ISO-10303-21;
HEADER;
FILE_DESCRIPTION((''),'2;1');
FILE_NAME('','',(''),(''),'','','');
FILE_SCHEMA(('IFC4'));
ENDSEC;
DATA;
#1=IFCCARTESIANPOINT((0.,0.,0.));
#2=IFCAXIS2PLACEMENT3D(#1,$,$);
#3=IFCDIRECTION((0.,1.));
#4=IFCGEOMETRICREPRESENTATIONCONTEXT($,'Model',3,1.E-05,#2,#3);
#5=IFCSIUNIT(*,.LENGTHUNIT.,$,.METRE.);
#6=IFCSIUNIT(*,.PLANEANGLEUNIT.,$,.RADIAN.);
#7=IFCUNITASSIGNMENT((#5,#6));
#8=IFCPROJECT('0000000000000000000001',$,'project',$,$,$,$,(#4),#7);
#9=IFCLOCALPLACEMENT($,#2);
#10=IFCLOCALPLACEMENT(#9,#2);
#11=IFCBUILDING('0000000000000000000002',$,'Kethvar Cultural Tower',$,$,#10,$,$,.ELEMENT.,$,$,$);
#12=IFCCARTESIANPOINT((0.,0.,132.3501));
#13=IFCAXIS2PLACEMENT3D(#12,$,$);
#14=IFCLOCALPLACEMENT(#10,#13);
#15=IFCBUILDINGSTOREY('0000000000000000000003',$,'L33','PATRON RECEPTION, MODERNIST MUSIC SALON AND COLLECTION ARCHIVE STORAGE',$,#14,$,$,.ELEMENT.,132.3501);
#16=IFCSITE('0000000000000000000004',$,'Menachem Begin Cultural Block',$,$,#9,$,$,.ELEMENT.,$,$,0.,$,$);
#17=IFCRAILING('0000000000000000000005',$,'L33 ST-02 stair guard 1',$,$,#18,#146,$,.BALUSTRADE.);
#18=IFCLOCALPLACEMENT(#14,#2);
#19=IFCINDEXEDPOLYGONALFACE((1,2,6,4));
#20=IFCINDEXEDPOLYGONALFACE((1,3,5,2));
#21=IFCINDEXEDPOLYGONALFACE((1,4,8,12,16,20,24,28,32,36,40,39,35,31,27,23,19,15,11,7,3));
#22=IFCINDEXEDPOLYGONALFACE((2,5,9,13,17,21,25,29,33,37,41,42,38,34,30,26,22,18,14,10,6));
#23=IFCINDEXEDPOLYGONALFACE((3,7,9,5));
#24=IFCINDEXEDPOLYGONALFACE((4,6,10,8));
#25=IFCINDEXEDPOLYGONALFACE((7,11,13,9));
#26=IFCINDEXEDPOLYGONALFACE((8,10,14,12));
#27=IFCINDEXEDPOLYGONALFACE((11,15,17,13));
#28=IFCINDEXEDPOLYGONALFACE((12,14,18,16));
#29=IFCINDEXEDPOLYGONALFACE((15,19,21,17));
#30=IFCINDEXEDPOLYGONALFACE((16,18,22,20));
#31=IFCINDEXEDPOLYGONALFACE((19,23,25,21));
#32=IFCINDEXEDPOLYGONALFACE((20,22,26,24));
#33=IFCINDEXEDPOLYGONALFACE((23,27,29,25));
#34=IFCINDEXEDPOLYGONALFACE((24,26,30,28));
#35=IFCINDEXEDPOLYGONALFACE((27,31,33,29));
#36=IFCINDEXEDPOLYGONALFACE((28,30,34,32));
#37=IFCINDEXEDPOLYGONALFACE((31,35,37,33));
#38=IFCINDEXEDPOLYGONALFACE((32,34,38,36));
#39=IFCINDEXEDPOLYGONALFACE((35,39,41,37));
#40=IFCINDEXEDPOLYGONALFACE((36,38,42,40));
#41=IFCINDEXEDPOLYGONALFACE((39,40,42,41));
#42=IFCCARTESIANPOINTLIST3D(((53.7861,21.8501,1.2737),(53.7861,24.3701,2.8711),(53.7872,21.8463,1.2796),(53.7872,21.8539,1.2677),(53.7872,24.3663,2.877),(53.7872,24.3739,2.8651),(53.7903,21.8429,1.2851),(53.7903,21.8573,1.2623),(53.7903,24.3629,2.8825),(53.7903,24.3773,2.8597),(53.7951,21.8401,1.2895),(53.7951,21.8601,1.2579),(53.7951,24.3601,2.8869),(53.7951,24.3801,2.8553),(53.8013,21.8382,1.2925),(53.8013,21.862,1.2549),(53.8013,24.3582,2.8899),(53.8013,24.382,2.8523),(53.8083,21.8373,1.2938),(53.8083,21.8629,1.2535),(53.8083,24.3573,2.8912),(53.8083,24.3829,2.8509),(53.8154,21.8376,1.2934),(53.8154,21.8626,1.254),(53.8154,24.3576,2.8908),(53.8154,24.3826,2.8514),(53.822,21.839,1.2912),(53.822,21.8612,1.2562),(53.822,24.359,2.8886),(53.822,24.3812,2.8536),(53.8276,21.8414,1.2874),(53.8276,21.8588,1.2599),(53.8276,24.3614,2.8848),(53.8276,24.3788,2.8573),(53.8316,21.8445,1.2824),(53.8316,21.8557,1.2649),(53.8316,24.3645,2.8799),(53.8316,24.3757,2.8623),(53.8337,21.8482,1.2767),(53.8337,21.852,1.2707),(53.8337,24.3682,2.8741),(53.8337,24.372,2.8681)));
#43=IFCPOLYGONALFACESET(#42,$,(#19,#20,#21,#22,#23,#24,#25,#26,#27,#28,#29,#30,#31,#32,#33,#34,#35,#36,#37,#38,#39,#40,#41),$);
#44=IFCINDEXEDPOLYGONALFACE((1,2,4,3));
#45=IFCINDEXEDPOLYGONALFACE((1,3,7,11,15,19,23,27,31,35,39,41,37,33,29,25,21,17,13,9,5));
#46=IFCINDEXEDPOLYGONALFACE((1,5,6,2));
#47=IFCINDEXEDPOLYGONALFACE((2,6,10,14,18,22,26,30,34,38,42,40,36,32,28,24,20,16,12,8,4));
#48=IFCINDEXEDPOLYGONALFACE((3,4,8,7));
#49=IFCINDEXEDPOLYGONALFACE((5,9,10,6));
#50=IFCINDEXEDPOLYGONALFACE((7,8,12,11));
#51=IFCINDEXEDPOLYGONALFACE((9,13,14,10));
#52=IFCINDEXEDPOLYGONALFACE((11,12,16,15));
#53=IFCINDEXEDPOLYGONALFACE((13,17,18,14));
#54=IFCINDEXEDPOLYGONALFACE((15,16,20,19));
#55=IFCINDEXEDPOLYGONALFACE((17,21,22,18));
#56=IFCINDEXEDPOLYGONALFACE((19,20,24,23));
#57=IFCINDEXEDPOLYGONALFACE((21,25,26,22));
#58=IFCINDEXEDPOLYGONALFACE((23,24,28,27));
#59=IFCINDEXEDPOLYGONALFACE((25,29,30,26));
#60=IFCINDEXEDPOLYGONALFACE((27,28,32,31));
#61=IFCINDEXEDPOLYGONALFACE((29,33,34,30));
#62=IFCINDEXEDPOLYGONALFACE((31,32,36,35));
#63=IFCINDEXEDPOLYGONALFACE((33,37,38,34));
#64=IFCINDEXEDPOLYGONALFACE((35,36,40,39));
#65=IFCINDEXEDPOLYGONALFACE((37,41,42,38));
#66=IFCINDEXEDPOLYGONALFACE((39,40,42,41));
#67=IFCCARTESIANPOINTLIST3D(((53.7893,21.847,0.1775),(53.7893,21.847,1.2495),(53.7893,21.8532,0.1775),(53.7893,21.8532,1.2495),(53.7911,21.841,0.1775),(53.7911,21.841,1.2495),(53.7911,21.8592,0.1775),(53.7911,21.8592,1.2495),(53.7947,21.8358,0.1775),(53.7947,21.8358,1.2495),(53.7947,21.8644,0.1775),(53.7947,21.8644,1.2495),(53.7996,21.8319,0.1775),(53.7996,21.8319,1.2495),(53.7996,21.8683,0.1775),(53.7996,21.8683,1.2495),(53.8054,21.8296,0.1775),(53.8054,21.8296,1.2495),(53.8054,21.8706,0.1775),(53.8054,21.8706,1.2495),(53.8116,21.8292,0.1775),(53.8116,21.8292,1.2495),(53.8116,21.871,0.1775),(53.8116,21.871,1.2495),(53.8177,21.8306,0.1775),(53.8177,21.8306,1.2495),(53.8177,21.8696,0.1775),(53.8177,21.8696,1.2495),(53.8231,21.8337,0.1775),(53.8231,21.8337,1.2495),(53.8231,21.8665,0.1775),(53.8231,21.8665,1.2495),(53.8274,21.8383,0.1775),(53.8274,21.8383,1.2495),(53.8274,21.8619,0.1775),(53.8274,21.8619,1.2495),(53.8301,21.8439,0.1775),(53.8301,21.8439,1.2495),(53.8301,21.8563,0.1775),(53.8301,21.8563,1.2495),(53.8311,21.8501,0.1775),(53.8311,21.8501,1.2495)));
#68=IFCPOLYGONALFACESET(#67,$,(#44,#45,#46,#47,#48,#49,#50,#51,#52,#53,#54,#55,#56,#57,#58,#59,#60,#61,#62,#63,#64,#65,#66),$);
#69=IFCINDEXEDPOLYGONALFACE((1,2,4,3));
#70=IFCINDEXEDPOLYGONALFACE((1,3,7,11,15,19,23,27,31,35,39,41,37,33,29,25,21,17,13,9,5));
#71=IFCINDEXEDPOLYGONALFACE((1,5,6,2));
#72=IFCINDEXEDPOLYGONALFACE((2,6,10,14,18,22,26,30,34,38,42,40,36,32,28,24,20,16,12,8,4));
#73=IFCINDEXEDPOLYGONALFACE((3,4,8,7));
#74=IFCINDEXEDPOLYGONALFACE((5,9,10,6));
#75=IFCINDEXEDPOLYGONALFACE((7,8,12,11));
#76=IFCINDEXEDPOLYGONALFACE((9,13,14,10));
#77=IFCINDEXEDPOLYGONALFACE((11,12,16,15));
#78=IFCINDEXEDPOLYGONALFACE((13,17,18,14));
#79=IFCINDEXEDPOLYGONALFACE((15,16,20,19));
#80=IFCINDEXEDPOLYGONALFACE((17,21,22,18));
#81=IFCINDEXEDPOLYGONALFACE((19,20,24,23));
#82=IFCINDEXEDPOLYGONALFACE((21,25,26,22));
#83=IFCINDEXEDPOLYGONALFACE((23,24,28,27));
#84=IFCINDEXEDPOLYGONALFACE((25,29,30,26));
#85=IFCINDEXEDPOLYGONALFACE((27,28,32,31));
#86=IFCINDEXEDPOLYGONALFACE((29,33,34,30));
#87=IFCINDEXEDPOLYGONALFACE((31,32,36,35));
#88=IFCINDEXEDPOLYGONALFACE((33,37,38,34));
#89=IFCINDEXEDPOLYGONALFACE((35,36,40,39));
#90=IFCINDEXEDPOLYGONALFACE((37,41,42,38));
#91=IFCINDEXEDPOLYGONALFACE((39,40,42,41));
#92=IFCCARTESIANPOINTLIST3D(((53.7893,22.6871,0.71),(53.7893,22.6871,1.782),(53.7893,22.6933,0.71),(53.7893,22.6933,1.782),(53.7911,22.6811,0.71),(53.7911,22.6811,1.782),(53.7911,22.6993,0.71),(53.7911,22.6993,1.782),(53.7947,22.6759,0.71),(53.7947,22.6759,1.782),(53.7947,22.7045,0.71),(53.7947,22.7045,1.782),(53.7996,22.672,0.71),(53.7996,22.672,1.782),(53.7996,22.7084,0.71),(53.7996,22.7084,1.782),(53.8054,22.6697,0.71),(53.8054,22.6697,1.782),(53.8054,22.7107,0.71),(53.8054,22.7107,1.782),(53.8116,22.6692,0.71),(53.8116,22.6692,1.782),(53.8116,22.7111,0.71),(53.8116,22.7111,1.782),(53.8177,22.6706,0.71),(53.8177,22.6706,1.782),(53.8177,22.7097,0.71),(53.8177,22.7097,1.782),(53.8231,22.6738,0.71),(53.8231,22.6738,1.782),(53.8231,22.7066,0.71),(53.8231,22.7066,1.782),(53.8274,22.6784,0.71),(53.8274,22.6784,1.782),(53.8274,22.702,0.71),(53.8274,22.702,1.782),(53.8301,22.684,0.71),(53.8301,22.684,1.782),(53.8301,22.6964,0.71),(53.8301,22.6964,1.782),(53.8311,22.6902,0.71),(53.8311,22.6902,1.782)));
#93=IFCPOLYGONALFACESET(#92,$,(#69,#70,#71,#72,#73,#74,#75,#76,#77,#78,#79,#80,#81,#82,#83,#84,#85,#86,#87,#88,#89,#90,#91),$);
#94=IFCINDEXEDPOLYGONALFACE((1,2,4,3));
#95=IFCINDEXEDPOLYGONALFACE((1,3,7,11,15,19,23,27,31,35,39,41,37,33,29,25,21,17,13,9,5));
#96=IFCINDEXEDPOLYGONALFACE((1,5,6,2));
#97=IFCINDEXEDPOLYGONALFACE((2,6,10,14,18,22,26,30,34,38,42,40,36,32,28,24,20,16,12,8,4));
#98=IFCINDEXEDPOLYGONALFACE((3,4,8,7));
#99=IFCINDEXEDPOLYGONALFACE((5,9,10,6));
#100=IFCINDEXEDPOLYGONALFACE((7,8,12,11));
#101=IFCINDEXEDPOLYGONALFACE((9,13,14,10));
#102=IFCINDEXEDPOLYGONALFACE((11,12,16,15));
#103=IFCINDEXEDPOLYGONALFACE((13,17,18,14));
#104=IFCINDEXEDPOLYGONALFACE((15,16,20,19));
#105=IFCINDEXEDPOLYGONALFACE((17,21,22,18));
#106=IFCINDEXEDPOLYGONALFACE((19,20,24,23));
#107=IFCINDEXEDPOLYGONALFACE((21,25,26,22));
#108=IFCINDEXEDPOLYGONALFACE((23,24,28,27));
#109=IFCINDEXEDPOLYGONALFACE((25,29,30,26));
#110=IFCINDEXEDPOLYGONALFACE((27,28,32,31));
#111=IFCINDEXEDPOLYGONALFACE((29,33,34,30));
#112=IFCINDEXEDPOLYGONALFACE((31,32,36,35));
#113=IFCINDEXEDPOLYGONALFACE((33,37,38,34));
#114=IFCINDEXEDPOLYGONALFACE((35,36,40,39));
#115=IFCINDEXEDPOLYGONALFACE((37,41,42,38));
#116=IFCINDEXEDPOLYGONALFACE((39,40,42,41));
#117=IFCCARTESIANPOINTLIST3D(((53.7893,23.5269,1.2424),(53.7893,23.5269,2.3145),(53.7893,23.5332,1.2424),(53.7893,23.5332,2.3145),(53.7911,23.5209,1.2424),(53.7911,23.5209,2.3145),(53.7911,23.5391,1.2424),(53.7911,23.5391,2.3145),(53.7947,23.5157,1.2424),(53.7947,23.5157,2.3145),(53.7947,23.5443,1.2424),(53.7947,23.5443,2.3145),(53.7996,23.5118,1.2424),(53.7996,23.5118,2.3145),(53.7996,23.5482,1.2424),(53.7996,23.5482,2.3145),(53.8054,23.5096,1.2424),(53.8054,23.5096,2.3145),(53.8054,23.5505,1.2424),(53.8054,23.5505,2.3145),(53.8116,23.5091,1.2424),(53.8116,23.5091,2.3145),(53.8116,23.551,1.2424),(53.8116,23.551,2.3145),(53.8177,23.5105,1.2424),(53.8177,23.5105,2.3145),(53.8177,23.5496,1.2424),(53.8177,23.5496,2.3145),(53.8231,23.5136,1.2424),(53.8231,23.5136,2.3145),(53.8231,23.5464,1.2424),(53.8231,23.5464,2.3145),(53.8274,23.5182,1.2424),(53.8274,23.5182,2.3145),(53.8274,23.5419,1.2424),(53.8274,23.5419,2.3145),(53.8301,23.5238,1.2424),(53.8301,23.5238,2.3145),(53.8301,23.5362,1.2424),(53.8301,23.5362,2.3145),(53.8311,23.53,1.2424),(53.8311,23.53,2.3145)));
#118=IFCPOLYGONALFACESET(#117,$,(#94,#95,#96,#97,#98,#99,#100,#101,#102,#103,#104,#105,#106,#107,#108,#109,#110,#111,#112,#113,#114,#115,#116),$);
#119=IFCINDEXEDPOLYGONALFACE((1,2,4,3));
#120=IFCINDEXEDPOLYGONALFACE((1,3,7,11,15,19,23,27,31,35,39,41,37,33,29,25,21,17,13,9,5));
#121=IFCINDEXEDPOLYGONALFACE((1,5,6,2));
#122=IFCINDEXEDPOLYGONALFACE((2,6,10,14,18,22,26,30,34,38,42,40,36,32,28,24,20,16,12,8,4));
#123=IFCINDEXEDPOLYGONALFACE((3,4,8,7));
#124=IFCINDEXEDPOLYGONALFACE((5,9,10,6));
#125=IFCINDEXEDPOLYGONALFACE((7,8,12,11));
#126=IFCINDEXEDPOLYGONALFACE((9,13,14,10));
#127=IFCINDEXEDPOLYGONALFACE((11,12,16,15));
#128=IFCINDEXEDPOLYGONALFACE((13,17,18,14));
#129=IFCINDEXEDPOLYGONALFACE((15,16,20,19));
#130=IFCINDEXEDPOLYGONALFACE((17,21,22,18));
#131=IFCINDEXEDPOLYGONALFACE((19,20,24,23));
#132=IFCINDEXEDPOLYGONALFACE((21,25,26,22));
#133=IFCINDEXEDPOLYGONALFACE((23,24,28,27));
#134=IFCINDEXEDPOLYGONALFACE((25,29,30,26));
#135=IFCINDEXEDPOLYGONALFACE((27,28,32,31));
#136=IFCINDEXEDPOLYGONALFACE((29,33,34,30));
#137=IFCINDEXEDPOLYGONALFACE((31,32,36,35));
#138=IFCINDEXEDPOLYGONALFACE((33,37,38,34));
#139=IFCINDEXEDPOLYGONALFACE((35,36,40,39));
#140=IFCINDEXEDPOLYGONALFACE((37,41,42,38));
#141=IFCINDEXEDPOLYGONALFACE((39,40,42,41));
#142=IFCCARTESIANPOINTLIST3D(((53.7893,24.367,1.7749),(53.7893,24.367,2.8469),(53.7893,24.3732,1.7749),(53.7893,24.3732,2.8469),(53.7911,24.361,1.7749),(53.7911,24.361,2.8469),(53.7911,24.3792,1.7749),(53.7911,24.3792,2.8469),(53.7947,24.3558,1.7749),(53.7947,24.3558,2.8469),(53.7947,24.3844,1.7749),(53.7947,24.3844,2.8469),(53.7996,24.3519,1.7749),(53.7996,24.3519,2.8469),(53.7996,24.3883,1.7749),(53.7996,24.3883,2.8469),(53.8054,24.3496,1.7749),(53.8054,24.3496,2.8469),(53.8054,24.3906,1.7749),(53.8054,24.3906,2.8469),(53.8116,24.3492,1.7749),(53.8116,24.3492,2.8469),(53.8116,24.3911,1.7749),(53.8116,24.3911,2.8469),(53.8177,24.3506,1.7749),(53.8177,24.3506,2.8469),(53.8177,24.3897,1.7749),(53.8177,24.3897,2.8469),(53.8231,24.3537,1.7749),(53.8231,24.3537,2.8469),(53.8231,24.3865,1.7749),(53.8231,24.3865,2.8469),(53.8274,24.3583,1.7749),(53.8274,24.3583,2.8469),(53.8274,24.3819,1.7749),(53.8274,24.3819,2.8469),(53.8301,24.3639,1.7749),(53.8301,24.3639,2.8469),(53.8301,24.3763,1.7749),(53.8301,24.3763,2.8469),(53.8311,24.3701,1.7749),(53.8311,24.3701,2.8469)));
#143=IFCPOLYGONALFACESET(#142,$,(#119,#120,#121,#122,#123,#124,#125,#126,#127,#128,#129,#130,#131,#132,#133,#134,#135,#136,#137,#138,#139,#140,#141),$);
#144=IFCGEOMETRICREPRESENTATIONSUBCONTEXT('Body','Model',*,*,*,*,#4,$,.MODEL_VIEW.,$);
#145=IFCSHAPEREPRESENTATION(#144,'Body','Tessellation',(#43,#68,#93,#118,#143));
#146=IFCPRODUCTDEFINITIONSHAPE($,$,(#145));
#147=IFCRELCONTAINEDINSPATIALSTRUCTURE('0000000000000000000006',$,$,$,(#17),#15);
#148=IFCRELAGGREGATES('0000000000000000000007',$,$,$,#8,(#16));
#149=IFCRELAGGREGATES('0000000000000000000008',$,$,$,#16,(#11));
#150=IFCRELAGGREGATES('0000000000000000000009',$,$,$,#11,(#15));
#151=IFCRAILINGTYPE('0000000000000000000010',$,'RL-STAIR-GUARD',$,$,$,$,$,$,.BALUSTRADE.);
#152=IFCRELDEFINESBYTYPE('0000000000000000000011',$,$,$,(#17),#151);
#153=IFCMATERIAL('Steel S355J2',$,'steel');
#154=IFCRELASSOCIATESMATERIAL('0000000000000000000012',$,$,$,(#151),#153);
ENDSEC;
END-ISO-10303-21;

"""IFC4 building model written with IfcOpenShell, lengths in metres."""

from ifc_helpers import new_model, si_unit, direction, frame, origin, origin_2d, place, context, subcontext, project, spatial, circle, extrude, material, type_object, element, save


model = new_model("IFC4")

# Units and contexts
model_context = context("Model", 3, precision=1e-05, world=origin(), true_north=direction((0.0, 1.0)))
body_context = subcontext(model_context, "Body", "Model", "MODEL_VIEW")
ifc_project = project(units=[si_unit("LENGTHUNIT", "METRE"), si_unit("PLANEANGLEUNIT", "RADIAN")], contexts=[model_context])

# Site, building, storey
site_placement = place(None, origin())
site = spatial("IfcSite", under=ifc_project, at=site_placement, Name="Menachem Begin Cultural Block", CompositionType="ELEMENT", RefElevation=0.0)
building_placement = place(site_placement, origin())
building = spatial("IfcBuilding", under=site, at=building_placement, Name="Kethvar Cultural Tower", CompositionType="ELEMENT")
storey_placement = place(building_placement, frame((0.0, 0.0, 132.3501)))
storey = spatial("IfcBuildingStorey", under=building, at=storey_placement, Name="L33", Description="PATRON RECEPTION, MODERNIST MUSIC SALON AND COLLECTION ARCHIVE STORAGE", CompositionType="ELEMENT", Elevation=132.3501)

# Shared definitions
ifc_material_1 = material(Name="Steel S355J2", Category="steel")

# Railing
railing_type_1 = type_object("IfcRailingType", Name="RL-STAIR-GUARD", PredefinedType="BALUSTRADE", material=ifc_material_1)
railing_1_placement = place(storey_placement, frame((53.8101, 21.8501, 0.1775)))
element("IfcRailing", 1, at=railing_1_placement, inside=storey, type_object=railing_type_1, Name="L33 ST-02 stair guard 1", PredefinedType="BALUSTRADE", context=body_context, shape_type="SweptSolid", body=[
    extrude(circle(Radius=0.0239, at=origin_2d()), frame((0.0, 0.0, 1.0962), z_axis=(0.0, 0.844607, 0.535387), x_axis=(-1.0, 0.0, 0.0)), (0.0, 0.0, 1.0), 2.9836),
    extrude(circle(Radius=0.021, at=origin_2d()), origin(), (0.0, 0.0, 1.0), 1.072),
    extrude(circle(Radius=0.021, at=origin_2d()), frame((0.0, 0.8401, 0.5325)), (0.0, 0.0, 1.0), 1.072),
    extrude(circle(Radius=0.021, at=origin_2d()), frame((0.0, 1.6799, 1.0649)), (0.0, 0.0, 1.0), 1.072),
    extrude(circle(Radius=0.021, at=origin_2d()), frame((0.0, 2.52, 1.5974)), (0.0, 0.0, 1.0), 1.072),
])

save(model, "model.ifc")
